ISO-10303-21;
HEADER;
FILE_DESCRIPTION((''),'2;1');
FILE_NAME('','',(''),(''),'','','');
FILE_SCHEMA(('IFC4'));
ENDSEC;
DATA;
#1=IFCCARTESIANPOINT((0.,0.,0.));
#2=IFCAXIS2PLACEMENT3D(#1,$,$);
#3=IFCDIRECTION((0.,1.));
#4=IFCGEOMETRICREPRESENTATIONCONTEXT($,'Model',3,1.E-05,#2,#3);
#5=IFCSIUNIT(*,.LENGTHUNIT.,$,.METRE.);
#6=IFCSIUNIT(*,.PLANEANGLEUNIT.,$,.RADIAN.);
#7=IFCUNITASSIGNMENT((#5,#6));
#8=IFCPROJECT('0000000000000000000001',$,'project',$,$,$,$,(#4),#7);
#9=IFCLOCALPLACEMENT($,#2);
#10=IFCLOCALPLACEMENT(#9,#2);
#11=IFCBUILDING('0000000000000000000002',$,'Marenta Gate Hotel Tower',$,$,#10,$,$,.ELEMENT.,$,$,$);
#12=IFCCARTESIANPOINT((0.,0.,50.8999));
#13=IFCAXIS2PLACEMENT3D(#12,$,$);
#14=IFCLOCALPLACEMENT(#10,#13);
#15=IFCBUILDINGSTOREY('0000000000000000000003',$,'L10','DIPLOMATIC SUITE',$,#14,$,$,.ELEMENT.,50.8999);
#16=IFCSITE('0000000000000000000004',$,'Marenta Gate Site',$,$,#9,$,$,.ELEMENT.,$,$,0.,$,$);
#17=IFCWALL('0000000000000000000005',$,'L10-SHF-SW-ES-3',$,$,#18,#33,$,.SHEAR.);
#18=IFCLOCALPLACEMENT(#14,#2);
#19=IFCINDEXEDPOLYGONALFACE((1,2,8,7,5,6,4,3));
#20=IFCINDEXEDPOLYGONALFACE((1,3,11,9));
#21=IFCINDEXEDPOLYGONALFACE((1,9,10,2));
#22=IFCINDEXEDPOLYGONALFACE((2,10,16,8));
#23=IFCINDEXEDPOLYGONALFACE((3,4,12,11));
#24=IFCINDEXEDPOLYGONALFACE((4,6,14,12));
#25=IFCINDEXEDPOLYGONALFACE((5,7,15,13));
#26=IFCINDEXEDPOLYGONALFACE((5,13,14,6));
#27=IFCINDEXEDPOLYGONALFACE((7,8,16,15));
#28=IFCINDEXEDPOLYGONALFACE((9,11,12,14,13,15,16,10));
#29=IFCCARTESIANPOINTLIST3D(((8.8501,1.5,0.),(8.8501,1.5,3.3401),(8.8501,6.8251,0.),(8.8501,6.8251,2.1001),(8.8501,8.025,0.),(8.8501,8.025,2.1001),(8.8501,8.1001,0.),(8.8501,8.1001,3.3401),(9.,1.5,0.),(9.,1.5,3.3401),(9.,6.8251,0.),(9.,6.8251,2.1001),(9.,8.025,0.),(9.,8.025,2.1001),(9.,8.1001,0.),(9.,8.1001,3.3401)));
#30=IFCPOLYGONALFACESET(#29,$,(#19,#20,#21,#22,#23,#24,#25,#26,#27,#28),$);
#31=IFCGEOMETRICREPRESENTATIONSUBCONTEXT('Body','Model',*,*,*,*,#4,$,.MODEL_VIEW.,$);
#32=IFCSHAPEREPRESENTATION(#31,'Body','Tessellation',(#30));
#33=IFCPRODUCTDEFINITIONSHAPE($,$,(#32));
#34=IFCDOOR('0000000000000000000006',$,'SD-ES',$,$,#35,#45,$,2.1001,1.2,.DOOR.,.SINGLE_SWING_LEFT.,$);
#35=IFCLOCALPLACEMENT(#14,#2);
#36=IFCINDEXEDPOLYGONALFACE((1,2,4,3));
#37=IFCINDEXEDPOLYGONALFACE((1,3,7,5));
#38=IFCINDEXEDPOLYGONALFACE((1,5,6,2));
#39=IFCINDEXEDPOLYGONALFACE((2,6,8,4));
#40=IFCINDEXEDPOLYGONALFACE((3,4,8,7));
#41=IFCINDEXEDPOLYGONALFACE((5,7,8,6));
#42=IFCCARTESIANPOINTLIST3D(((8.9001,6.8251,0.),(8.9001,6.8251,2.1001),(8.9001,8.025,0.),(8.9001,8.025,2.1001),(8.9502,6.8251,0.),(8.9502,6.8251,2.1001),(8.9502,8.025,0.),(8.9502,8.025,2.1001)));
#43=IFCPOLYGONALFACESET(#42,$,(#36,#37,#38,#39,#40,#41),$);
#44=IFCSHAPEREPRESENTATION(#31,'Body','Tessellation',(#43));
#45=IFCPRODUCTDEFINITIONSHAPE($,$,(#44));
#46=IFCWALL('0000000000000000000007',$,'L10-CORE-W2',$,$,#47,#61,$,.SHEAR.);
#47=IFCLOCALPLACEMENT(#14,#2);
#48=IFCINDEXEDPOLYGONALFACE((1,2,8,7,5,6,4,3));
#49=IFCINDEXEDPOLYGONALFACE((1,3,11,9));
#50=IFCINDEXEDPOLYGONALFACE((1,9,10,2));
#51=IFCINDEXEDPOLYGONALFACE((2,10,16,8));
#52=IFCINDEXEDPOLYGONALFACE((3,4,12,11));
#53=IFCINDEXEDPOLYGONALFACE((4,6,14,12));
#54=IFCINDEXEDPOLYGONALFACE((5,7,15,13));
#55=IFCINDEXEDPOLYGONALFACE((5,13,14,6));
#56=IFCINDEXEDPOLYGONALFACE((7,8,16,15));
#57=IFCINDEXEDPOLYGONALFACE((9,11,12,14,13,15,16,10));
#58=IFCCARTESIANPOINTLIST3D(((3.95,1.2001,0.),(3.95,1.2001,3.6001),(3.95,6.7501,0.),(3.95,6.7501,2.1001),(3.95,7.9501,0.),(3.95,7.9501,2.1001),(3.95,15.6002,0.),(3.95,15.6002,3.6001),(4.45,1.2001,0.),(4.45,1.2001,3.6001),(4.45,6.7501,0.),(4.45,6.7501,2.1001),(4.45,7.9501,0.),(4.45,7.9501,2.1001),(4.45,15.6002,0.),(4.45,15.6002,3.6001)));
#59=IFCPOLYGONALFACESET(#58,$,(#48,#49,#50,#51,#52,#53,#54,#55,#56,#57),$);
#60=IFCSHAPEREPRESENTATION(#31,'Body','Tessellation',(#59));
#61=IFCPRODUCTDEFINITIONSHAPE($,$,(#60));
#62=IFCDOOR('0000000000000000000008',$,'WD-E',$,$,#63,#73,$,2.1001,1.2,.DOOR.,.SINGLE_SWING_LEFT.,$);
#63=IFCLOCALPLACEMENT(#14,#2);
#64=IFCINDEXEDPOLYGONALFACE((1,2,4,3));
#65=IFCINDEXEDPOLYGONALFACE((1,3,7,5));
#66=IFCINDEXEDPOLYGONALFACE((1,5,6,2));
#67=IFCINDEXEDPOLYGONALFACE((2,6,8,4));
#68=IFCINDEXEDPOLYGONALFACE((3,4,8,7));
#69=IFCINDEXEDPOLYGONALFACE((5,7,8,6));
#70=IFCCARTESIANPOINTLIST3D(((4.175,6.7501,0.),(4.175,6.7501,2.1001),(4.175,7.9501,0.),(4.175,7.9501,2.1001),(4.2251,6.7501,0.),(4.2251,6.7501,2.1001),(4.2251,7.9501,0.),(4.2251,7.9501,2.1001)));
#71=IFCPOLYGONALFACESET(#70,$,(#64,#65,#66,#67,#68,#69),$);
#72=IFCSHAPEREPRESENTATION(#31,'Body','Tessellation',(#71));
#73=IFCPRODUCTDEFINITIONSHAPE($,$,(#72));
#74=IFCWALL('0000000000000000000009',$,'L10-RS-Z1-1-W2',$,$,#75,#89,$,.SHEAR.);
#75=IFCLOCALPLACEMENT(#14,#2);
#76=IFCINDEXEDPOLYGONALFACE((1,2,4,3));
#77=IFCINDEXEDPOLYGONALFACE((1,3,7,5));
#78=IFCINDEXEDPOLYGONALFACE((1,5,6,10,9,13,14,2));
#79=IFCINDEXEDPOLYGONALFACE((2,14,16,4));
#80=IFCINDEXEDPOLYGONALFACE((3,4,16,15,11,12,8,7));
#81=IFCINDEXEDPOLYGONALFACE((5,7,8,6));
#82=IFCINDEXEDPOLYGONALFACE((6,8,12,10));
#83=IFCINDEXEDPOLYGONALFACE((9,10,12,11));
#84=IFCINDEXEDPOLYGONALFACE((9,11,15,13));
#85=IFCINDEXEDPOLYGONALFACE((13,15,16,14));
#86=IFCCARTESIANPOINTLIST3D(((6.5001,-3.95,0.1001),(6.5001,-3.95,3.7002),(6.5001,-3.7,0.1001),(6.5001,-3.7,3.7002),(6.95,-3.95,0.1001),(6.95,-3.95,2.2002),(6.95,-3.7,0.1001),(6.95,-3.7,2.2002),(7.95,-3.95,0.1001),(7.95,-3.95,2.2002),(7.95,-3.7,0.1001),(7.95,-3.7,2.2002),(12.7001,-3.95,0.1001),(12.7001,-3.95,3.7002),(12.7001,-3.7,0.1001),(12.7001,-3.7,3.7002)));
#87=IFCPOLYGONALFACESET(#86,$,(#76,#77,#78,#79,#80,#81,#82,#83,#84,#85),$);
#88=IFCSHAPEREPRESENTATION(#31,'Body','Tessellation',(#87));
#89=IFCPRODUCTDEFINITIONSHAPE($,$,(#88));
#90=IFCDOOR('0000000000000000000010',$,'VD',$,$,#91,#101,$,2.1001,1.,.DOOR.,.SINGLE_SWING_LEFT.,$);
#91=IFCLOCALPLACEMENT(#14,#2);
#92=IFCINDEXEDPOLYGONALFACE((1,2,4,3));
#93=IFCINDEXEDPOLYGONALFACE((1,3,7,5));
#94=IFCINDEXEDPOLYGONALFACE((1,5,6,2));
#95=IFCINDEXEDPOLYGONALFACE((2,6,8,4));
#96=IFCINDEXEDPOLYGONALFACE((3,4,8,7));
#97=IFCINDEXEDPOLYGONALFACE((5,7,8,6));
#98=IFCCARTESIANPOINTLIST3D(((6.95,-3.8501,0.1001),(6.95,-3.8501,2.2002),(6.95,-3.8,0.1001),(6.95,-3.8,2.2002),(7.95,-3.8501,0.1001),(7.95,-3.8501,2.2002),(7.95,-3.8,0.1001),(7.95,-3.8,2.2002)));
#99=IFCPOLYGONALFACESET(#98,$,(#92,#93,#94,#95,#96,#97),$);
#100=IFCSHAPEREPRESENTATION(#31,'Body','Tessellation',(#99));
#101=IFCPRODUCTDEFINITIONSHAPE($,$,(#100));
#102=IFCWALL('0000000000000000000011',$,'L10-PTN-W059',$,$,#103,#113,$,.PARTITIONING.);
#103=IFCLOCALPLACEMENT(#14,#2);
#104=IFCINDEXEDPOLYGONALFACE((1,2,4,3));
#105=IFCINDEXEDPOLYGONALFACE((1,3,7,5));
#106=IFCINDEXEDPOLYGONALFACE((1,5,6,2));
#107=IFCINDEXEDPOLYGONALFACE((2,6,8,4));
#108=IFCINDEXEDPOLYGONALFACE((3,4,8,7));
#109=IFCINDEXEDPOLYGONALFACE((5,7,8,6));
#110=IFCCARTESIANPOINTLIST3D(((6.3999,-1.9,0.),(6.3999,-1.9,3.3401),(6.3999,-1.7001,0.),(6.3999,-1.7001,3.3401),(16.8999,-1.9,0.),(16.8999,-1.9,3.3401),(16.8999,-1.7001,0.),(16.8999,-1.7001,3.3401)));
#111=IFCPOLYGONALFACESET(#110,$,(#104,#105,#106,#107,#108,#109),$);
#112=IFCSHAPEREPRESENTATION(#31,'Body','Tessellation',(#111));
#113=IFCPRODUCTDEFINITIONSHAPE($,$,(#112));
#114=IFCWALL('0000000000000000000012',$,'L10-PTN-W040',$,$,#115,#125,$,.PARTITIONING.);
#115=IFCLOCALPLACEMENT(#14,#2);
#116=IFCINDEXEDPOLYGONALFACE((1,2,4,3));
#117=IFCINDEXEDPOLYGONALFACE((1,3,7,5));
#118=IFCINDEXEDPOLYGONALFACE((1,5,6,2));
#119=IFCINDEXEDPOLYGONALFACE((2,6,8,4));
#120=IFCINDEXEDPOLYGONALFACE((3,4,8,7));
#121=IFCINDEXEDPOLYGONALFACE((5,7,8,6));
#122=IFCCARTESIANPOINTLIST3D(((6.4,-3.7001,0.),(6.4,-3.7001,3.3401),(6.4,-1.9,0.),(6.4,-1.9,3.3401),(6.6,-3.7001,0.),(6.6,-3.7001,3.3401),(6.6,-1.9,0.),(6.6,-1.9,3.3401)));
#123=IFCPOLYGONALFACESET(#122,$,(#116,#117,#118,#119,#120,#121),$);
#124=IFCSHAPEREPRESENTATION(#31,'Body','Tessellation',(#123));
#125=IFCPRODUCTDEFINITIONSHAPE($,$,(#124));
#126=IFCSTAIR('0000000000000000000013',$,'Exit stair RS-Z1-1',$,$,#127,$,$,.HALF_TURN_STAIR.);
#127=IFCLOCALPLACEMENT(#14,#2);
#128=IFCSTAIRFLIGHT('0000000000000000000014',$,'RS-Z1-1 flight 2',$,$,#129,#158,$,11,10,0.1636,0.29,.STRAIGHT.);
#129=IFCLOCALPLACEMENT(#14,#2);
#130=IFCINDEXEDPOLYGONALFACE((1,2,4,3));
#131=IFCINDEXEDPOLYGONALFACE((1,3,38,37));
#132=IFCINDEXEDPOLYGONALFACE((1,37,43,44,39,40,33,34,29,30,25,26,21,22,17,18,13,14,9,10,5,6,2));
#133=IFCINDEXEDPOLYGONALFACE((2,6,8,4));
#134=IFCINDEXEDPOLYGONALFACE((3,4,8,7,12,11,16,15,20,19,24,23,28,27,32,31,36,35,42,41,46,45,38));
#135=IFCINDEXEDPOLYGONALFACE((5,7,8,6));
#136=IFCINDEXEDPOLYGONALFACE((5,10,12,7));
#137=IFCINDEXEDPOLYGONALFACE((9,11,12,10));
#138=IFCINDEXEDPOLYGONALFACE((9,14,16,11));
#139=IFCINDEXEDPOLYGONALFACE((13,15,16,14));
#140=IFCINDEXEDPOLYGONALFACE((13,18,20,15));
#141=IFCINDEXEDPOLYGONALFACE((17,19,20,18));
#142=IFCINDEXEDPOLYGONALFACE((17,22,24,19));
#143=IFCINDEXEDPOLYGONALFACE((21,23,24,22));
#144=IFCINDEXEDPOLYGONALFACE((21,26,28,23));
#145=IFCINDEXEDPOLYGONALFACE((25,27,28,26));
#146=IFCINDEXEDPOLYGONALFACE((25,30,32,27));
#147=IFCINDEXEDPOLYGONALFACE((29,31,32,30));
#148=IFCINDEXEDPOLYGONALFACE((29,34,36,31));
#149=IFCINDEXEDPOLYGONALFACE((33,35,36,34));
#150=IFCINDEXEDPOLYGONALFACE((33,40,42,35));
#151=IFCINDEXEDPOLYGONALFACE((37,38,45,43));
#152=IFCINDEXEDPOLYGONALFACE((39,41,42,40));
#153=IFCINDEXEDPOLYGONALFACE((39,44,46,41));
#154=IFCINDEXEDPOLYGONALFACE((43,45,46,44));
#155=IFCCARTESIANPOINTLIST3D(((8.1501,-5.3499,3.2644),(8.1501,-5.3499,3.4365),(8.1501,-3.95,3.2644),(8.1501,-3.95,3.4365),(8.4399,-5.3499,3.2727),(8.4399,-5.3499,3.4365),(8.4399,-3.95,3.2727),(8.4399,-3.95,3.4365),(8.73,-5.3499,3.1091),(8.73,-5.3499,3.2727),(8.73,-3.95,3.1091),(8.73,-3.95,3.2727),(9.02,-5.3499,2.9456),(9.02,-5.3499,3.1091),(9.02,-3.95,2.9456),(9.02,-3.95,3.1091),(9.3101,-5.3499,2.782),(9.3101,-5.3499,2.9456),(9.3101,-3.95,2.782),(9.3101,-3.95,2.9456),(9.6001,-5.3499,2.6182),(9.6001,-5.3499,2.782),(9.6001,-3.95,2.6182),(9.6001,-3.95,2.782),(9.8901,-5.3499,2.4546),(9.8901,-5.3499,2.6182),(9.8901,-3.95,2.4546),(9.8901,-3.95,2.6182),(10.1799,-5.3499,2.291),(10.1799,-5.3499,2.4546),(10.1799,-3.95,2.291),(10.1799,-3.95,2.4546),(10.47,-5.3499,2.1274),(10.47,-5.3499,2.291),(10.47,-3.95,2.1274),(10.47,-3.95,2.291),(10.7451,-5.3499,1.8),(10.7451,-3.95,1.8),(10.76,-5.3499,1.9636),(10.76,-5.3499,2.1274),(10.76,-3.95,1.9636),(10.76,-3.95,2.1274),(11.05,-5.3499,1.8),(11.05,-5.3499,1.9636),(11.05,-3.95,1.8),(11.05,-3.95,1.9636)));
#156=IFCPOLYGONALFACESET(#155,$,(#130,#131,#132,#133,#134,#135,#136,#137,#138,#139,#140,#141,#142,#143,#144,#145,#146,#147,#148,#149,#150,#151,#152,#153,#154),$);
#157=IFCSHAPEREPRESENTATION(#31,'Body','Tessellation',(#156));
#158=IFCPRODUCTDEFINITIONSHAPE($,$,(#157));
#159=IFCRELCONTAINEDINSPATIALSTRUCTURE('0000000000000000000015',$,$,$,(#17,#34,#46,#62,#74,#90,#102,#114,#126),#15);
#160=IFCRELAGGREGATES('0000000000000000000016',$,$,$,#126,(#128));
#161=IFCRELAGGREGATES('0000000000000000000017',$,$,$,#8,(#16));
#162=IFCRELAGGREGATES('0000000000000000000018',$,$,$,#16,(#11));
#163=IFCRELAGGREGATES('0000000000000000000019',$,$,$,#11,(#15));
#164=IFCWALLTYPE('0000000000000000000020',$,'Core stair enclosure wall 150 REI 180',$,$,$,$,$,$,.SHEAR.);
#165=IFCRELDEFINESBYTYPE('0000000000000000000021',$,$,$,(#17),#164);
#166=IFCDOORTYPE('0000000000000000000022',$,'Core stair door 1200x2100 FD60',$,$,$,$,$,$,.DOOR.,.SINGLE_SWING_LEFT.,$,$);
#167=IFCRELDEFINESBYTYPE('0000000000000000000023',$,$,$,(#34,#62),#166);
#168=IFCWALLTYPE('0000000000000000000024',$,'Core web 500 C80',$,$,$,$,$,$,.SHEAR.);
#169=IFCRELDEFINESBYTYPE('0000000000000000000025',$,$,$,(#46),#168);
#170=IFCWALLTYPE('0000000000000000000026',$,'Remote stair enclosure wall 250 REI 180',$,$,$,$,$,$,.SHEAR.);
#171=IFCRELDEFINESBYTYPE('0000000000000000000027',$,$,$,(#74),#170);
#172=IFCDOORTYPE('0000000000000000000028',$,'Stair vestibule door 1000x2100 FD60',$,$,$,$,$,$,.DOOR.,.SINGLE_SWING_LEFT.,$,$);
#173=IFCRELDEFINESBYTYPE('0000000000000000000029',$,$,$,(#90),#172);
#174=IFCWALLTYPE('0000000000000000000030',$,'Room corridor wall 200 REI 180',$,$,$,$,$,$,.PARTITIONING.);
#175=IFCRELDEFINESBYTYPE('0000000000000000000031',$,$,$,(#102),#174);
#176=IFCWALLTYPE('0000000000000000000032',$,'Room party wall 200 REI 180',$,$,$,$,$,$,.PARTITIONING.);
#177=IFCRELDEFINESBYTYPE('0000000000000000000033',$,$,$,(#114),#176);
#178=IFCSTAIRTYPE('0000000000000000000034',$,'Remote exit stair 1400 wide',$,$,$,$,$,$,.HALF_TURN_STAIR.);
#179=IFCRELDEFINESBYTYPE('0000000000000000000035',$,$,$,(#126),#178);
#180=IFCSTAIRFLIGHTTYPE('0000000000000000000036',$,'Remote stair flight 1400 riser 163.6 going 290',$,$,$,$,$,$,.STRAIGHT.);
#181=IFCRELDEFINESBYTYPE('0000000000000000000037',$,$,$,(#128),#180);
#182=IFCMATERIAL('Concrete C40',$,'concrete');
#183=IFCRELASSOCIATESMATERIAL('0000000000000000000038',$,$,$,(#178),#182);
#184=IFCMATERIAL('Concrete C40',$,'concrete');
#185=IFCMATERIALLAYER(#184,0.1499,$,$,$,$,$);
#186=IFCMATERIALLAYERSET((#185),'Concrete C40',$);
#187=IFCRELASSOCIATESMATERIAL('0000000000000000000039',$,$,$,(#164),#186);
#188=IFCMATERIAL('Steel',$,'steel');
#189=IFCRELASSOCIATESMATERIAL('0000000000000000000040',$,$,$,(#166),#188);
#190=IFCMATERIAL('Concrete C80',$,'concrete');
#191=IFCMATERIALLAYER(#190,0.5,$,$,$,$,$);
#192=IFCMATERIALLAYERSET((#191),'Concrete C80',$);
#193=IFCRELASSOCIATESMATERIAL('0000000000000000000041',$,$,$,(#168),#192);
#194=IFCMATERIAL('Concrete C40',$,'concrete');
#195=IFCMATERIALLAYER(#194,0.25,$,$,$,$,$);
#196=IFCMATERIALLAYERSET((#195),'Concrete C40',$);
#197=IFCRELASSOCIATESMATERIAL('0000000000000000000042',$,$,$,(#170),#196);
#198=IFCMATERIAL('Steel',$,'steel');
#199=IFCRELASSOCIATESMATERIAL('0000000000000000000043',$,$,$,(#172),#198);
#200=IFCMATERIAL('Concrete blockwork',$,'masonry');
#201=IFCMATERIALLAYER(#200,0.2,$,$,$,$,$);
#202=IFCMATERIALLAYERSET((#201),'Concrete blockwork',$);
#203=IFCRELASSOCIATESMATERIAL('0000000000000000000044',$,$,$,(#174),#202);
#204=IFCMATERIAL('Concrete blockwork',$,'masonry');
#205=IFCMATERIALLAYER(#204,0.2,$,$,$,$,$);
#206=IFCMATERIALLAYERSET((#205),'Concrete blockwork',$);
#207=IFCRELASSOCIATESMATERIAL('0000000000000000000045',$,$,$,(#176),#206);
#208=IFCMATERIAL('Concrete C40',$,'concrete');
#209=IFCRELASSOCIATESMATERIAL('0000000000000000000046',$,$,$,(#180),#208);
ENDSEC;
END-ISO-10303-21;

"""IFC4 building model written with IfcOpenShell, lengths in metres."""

from ifc_helpers import new_model, si_unit, direction, frame, frame_2d, origin, place, context, subcontext, project, spatial, polyline, rectangle, outline, extrude, material, layer, layer_set, type_object, element, fill, aggregate, save


model = new_model("IFC4")

# Units and contexts
model_context = context("Model", 3, precision=1e-05, world=origin(), true_north=direction((0.0, 1.0)))
body_context = subcontext(model_context, "Body", "Model", "MODEL_VIEW")
ifc_project = project(units=[si_unit("LENGTHUNIT", "METRE"), si_unit("PLANEANGLEUNIT", "RADIAN")], contexts=[model_context])

# Site, building, storey
site_placement = place(None, origin())
site = spatial("IfcSite", under=ifc_project, at=site_placement, Name="Marenta Gate Site", CompositionType="ELEMENT", RefElevation=0.0)
building_placement = place(site_placement, origin())
building = spatial("IfcBuilding", under=site, at=building_placement, Name="Marenta Gate Hotel Tower", CompositionType="ELEMENT")
storey_placement = place(building_placement, frame((0.0, 0.0, 50.8999)))
storey = spatial("IfcBuildingStorey", under=building, at=storey_placement, Name="L10", Description="DIPLOMATIC SUITE", CompositionType="ELEMENT", Elevation=50.8999)

# Shared definitions
ifc_material_1 = material(Name="Concrete C40", Category="concrete")
stair_type = type_object("IfcStairType", Name="Remote exit stair 1400 wide", PredefinedType="HALF_TURN_STAIR", material=ifc_material_1)

# Wall, opening, door
ifc_material_2 = material(Name="Concrete C40", Category="concrete")
ifc_layer_1 = layer(ifc_material_2, 0.1499)
ifc_layer_set_1 = layer_set([ifc_layer_1], Name="Concrete C40")
wall_type_1 = type_object("IfcWallType", Name="Core stair enclosure wall 150 REI 180", PredefinedType="SHEAR", material=ifc_layer_set_1)
wall_1_placement = place(storey_placement, frame((8.925, 1.5, 0.0), z_axis=(0.0, 0.0, 1.0), x_axis=(0.0, 1.0, 0.0)))
wall_1 = element("IfcWall", 1, at=wall_1_placement, inside=storey, type_object=wall_type_1, Name="L10-SHF-SW-ES-3", PredefinedType="SHEAR", context=body_context, shape_type="SweptSolid", body=[
    extrude(rectangle(XDim=6.6001, YDim=0.1499, at=frame_2d((3.3, 0.0))), origin(), (0.0, 0.0, 1.0), 3.3401),
])
opening_1_placement = place(wall_1_placement, frame((5.325, 0.0, 0.0)))
opening_1 = element("IfcOpeningElement", 2, at=opening_1_placement, cuts=wall_1, PredefinedType="OPENING", context=body_context, shape_type="SweptSolid", body=[
    extrude(rectangle(XDim=1.2, YDim=2.1001, at=frame_2d((0.6001, 1.05))), frame((0.0, 0.075, 0.0), z_axis=(0.0, -1.0, 0.0), x_axis=(1.0, 0.0, 0.0)), (0.0, 0.0, 1.0), 0.1499),
])
ifc_material_3 = material(Name="Steel", Category="steel")
door_type_1 = type_object("IfcDoorType", Name="Core stair door 1200x2100 FD60", OperationType="SINGLE_SWING_LEFT", PredefinedType="DOOR", material=ifc_material_3)
door_1_placement = place(opening_1_placement, origin())
door_1 = element("IfcDoor", 3, at=door_1_placement, inside=storey, type_object=door_type_1, Name="SD-ES", OperationType="SINGLE_SWING_LEFT", OverallHeight=2.1001, OverallWidth=1.2, PredefinedType="DOOR", context=body_context, shape_type="SweptSolid", body=[
    extrude(rectangle(XDim=1.2, YDim=2.1001, at=frame_2d((0.6001, 1.05))), frame((0.0, 0.0249, 0.0), z_axis=(0.0, -1.0, 0.0), x_axis=(1.0, 0.0, 0.0)), (0.0, 0.0, 1.0), 0.05),
])
fill(opening_1, door_1)

# Walls, openings, doors
ifc_material_4 = material(Name="Concrete C80", Category="concrete")
ifc_layer_2 = layer(ifc_material_4, 0.5)
ifc_layer_set_2 = layer_set([ifc_layer_2], Name="Concrete C80")
wall_type_2 = type_object("IfcWallType", Name="Core web 500 C80", PredefinedType="SHEAR", material=ifc_layer_set_2)
wall_2_placement = place(storey_placement, frame((4.2, 1.2, 0.0), z_axis=(0.0, 0.0, 1.0), x_axis=(0.0, 1.0, 0.0)))
wall_2 = element("IfcWall", 4, at=wall_2_placement, inside=storey, type_object=wall_type_2, Name="L10-CORE-W2", PredefinedType="SHEAR", context=body_context, shape_type="SweptSolid", body=[
    extrude(rectangle(XDim=14.4001, YDim=0.5, at=frame_2d((7.2002, 0.0))), origin(), (0.0, 0.0, 1.0), 3.6001),
])
opening_2_placement = place(wall_2_placement, frame((5.55, 0.0, 0.0)))
opening_2 = element("IfcOpeningElement", 5, at=opening_2_placement, cuts=wall_2, PredefinedType="OPENING", context=body_context, shape_type="SweptSolid", body=[
    extrude(rectangle(XDim=1.2, YDim=2.1001, at=frame_2d((0.6001, 1.05))), frame((0.0, 0.25, 0.0), z_axis=(0.0, -1.0, 0.0), x_axis=(1.0, 0.0, 0.0)), (0.0, 0.0, 1.0), 0.5),
])
door_2_placement = place(opening_2_placement, origin())
door_2 = element("IfcDoor", 6, at=door_2_placement, inside=storey, type_object=door_type_1, Name="WD-E", OperationType="SINGLE_SWING_LEFT", OverallHeight=2.1001, OverallWidth=1.2, PredefinedType="DOOR", context=body_context, shape_type="SweptSolid", body=[
    extrude(rectangle(XDim=1.2, YDim=2.1001, at=frame_2d((0.6001, 1.05))), frame((0.0, 0.0249, 0.0), z_axis=(0.0, -1.0, 0.0), x_axis=(1.0, 0.0, 0.0)), (0.0, 0.0, 1.0), 0.05),
])
fill(opening_2, door_2)
ifc_material_5 = material(Name="Concrete C40", Category="concrete")
ifc_layer_3 = layer(ifc_material_5, 0.25)
ifc_layer_set_3 = layer_set([ifc_layer_3], Name="Concrete C40")
wall_type_3 = type_object("IfcWallType", Name="Remote stair enclosure wall 250 REI 180", PredefinedType="SHEAR", material=ifc_layer_set_3)
wall_3_placement = place(storey_placement, frame((6.5, -3.825, 0.1001), z_axis=(0.0, 0.0, 1.0), x_axis=(1.0, 0.0, 0.0)))
wall_3 = element("IfcWall", 7, at=wall_3_placement, inside=storey, type_object=wall_type_3, Name="L10-RS-Z1-1-W2", PredefinedType="SHEAR", context=body_context, shape_type="SweptSolid", body=[
    extrude(rectangle(XDim=6.2, YDim=0.25, at=frame_2d((3.1001, 0.0))), origin(), (0.0, 0.0, 1.0), 3.6001),
])
opening_3_placement = place(wall_3_placement, frame((0.45, 0.0, 0.0)))
opening_3 = element("IfcOpeningElement", 8, at=opening_3_placement, cuts=wall_3, PredefinedType="OPENING", context=body_context, shape_type="SweptSolid", body=[
    extrude(rectangle(XDim=1.0, YDim=2.1001, at=frame_2d((0.5, 1.05))), frame((0.0, 0.125, 0.0), z_axis=(0.0, -1.0, 0.0), x_axis=(1.0, 0.0, 0.0)), (0.0, 0.0, 1.0), 0.25),
])
ifc_material_6 = material(Name="Steel", Category="steel")
door_type_2 = type_object("IfcDoorType", Name="Stair vestibule door 1000x2100 FD60", OperationType="SINGLE_SWING_LEFT", PredefinedType="DOOR", material=ifc_material_6)
door_3_placement = place(opening_3_placement, origin())
door_3 = element("IfcDoor", 9, at=door_3_placement, inside=storey, type_object=door_type_2, Name="VD", OperationType="SINGLE_SWING_LEFT", OverallHeight=2.1001, OverallWidth=1.0, PredefinedType="DOOR", context=body_context, shape_type="SweptSolid", body=[
    extrude(rectangle(XDim=1.0, YDim=2.1001, at=frame_2d((0.5, 1.05))), frame((0.0, 0.0249, 0.0), z_axis=(0.0, -1.0, 0.0), x_axis=(1.0, 0.0, 0.0)), (0.0, 0.0, 1.0), 0.05),
])
fill(opening_3, door_3)

# Walls
ifc_material_7 = material(Name="Concrete blockwork", Category="masonry")
ifc_layer_4 = layer(ifc_material_7, 0.2)
ifc_layer_set_4 = layer_set([ifc_layer_4], Name="Concrete blockwork")
wall_type_4 = type_object("IfcWallType", Name="Room corridor wall 200 REI 180", PredefinedType="PARTITIONING", material=ifc_layer_set_4)
wall_4_placement = place(storey_placement, frame((6.3999, -1.8, 0.0), z_axis=(0.0, 0.0, 1.0), x_axis=(1.0, 0.0, 0.0)))
element("IfcWall", 10, at=wall_4_placement, inside=storey, type_object=wall_type_4, Name="L10-PTN-W059", PredefinedType="PARTITIONING", context=body_context, shape_type="SweptSolid", body=[
    extrude(rectangle(XDim=10.5, YDim=0.2, at=frame_2d((5.25, 0.0))), origin(), (0.0, 0.0, 1.0), 3.3401),
])
ifc_material_8 = material(Name="Concrete blockwork", Category="masonry")
ifc_layer_5 = layer(ifc_material_8, 0.2)
ifc_layer_set_5 = layer_set([ifc_layer_5], Name="Concrete blockwork")
wall_type_5 = type_object("IfcWallType", Name="Room party wall 200 REI 180", PredefinedType="PARTITIONING", material=ifc_layer_set_5)
wall_5_placement = place(storey_placement, frame((6.5, -3.7, 0.0), z_axis=(0.0, 0.0, 1.0), x_axis=(0.0, 1.0, 0.0)))
element("IfcWall", 11, at=wall_5_placement, inside=storey, type_object=wall_type_5, Name="L10-PTN-W040", PredefinedType="PARTITIONING", context=body_context, shape_type="SweptSolid", body=[
    extrude(rectangle(XDim=1.8, YDim=0.2, at=frame_2d((0.8999, 0.0))), origin(), (0.0, 0.0, 1.0), 3.3401),
])

# Stair, stair flight
stair_1_placement = place(storey_placement, origin())
stair_1 = element("IfcStair", 12, at=stair_1_placement, inside=storey, type_object=stair_type, Name="Exit stair RS-Z1-1", PredefinedType="HALF_TURN_STAIR")
ifc_material_9 = material(Name="Concrete C40", Category="concrete")
stair_flight_type = type_object("IfcStairFlightType", Name="Remote stair flight 1400 riser 163.6 going 290", PredefinedType="STRAIGHT", material=ifc_material_9)
stair_flight_placement = place(storey_placement, frame((11.05, -4.6499, 1.8), z_axis=(0.0, 0.0, 1.0), x_axis=(-1.0, 0.0, 0.0)))
stair_flight = element("IfcStairFlight", 13, at=stair_flight_placement, type_object=stair_flight_type, Name="RS-Z1-1 flight 2", NumberOfRisers=11, NumberOfTreads=10, PredefinedType="STRAIGHT", RiserHeight=0.1636, TreadLength=0.29, context=body_context, shape_type="SweptSolid", body=[
    extrude(outline(polyline([(0.0, 0.0), (0.0, 0.1636), (0.29, 0.1636), (0.29, 0.3274), (0.5801, 0.3274), (0.5801, 0.491), (0.8701, 0.491), (0.8701, 0.6545), (1.1599, 0.6545), (1.1599, 0.8181), (1.45, 0.8181), (1.45, 0.9819), (1.74, 0.9819), (1.74, 1.1455), (2.03, 1.1455), (2.03, 1.3091), (2.3201, 1.3091), (2.3201, 1.4727), (2.6101, 1.4727), (2.6101, 1.6365), (2.8999, 1.6365), (2.8999, 1.8), (2.8999, 1.4644), (0.3049, 0.0), (0.0, 0.0)])), frame((0.0, 0.7, 0.0), z_axis=(0.0, -1.0, 0.0), x_axis=(1.0, 0.0, 0.0)), (0.0, 0.0, 1.0), 1.3999),
])
aggregate(stair_1, [stair_flight])

save(model, "model.ifc")
